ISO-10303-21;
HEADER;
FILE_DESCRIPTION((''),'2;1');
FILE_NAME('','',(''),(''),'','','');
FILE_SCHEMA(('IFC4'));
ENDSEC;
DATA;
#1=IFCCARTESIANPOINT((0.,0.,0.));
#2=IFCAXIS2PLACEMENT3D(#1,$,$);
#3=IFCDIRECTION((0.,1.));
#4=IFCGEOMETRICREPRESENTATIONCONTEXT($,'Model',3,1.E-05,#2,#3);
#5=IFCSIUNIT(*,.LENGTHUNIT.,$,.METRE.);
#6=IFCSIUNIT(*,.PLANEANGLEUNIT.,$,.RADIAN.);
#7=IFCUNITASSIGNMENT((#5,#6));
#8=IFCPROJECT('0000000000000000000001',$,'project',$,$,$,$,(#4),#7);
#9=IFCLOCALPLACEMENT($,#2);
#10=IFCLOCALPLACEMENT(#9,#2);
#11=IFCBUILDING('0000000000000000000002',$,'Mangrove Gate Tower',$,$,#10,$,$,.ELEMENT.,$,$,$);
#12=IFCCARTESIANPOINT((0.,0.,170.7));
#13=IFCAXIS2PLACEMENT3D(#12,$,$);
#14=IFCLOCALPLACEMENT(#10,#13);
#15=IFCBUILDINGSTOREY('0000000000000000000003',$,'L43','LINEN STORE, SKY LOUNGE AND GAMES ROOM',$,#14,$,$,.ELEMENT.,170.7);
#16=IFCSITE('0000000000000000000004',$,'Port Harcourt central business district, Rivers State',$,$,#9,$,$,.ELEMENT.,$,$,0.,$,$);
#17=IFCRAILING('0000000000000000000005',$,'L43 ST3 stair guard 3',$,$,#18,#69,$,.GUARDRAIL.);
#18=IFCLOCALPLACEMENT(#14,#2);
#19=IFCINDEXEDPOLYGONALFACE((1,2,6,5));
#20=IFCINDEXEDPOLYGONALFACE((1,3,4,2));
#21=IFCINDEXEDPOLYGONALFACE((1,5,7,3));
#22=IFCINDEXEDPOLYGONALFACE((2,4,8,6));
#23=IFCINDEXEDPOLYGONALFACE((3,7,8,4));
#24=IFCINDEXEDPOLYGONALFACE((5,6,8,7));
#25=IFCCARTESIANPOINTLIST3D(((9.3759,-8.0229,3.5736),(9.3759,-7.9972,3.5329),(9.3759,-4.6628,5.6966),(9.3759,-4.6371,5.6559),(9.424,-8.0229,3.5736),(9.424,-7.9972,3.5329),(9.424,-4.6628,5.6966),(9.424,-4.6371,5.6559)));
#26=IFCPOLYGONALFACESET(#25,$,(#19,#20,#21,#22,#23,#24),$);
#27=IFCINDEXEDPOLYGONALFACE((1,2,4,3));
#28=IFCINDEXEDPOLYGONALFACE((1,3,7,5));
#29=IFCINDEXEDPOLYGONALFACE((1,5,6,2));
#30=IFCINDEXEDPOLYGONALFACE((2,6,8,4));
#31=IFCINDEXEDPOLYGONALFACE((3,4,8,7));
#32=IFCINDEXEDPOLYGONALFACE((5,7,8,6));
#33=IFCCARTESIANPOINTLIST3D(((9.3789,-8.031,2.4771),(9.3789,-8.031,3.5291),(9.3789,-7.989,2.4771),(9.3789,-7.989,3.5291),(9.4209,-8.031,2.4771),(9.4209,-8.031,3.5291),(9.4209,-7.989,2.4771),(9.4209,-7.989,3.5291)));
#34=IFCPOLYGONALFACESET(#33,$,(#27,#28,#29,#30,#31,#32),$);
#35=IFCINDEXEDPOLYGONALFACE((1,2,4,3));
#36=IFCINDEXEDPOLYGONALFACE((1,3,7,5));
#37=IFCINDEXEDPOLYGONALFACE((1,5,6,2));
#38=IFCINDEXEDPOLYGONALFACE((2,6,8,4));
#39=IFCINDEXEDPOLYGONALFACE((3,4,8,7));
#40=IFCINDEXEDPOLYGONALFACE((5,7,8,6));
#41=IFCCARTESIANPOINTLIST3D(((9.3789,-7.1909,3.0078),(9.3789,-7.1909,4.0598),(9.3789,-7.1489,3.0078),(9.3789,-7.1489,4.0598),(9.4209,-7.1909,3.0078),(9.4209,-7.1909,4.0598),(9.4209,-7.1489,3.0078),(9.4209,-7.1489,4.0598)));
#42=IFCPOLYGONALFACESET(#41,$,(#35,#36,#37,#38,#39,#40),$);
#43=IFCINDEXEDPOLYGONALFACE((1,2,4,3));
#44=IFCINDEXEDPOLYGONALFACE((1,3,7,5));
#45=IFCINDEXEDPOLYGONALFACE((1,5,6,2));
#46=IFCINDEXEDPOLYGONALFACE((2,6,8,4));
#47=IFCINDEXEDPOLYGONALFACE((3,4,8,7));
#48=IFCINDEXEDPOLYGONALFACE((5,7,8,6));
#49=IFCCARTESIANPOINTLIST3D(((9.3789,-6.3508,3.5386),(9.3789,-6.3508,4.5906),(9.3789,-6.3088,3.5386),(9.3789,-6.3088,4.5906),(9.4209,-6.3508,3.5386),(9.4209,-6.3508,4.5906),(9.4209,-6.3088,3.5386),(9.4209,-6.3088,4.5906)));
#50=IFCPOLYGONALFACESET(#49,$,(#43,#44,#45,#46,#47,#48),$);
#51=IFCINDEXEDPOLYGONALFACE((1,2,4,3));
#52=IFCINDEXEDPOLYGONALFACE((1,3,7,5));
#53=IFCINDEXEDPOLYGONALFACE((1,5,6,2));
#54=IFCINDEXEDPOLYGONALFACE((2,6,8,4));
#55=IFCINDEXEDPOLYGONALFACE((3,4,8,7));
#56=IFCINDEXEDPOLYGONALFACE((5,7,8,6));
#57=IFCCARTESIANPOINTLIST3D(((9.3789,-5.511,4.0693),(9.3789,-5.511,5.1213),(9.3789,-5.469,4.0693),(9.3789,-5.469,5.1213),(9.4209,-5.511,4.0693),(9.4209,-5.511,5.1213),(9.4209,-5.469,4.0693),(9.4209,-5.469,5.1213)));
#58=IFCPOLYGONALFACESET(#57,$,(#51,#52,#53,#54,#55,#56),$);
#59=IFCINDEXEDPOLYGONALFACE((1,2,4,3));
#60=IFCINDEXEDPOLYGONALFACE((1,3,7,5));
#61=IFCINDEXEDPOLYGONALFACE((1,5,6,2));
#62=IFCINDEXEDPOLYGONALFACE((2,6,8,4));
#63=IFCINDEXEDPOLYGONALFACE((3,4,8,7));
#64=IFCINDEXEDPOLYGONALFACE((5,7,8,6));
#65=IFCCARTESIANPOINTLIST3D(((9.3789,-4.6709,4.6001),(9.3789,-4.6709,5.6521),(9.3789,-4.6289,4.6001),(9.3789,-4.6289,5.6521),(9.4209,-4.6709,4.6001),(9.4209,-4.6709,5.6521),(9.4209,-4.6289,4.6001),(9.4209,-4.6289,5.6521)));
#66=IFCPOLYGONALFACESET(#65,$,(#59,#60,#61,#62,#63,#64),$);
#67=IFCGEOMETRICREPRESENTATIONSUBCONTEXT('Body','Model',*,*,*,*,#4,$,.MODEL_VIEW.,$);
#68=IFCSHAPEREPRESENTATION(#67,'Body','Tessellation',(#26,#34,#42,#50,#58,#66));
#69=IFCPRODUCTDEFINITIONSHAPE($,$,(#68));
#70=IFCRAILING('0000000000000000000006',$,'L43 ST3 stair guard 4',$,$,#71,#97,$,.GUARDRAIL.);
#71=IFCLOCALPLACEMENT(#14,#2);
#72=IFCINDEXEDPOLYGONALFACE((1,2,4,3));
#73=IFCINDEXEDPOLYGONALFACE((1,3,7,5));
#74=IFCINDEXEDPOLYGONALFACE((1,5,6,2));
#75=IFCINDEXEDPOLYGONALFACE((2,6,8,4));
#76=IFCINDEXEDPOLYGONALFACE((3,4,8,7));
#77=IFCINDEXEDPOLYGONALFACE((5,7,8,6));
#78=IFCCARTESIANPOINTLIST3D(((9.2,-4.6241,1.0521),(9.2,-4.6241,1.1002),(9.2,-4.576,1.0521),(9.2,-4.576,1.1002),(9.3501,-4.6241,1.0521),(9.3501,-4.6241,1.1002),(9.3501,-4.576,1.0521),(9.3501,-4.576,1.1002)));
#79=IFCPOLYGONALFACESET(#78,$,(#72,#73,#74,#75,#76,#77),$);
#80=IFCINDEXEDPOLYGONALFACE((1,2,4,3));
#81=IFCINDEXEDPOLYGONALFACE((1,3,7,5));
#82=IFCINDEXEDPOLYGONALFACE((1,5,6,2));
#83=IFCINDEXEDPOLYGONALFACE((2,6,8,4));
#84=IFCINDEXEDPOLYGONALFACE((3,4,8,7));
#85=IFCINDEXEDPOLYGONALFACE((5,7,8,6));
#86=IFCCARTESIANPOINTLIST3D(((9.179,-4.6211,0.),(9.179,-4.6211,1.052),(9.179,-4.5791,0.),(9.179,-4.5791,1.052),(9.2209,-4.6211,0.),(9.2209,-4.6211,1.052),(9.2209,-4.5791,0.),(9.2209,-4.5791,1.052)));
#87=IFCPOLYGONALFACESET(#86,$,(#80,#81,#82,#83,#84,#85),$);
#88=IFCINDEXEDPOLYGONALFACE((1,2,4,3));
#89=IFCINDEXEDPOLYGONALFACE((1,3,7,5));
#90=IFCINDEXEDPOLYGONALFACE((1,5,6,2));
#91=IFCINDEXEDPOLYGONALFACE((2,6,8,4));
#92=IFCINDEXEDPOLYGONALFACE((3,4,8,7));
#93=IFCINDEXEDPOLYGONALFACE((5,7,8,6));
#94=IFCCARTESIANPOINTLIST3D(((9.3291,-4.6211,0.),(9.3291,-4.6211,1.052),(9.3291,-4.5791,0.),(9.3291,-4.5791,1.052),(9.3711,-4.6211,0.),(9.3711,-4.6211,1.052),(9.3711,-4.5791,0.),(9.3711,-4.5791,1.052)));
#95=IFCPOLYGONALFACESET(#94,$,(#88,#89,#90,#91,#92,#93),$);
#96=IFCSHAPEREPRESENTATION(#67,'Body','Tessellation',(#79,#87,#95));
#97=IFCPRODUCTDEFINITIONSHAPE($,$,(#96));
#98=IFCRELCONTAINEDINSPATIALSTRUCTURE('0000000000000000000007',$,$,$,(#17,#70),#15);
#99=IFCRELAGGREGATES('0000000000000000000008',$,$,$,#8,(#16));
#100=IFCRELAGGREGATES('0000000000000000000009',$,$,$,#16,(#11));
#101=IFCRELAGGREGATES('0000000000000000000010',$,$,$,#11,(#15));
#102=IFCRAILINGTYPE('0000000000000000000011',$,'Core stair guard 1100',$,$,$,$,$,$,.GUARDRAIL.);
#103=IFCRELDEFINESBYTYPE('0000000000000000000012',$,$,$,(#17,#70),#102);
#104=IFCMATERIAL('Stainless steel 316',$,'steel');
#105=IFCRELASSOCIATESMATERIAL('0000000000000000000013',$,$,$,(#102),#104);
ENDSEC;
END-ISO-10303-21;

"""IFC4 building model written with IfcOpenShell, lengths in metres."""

from ifc_helpers import new_model, si_unit, direction, frame, origin, origin_2d, place, context, subcontext, project, spatial, rectangle, extrude, material, type_object, element, save


model = new_model("IFC4")

# Units and contexts
model_context = context("Model", 3, precision=1e-05, world=origin(), true_north=direction((0.0, 1.0)))
body_context = subcontext(model_context, "Body", "Model", "MODEL_VIEW")
ifc_project = project(units=[si_unit("LENGTHUNIT", "METRE"), si_unit("PLANEANGLEUNIT", "RADIAN")], contexts=[model_context])

# Site, building, storey
site_placement = place(None, origin())
site = spatial("IfcSite", under=ifc_project, at=site_placement, Name="Port Harcourt central business district, Rivers State", CompositionType="ELEMENT", RefElevation=0.0)
building_placement = place(site_placement, origin())
building = spatial("IfcBuilding", under=site, at=building_placement, Name="Mangrove Gate Tower", CompositionType="ELEMENT")
storey_placement = place(building_placement, frame((0.0, 0.0, 170.7)))
storey = spatial("IfcBuildingStorey", under=building, at=storey_placement, Name="L43", Description="LINEN STORE, SKY LOUNGE AND GAMES ROOM", CompositionType="ELEMENT", Elevation=170.7)

# Railings
ifc_material_1 = material(Name="Stainless steel 316", Category="steel")
railing_type_1 = type_object("IfcRailingType", Name="Core stair guard 1100", PredefinedType="GUARDRAIL", material=ifc_material_1)
railing_1_placement = place(storey_placement, frame((9.3999, -8.01, 2.4771)))
element("IfcRailing", 1, at=railing_1_placement, inside=storey, type_object=railing_type_1, Name="L43 ST3 stair guard 3", PredefinedType="GUARDRAIL", context=body_context, shape_type="SweptSolid", body=[
    extrude(rectangle(XDim=0.0481, YDim=0.0481, at=origin_2d()), frame((0.0, 0.0, 1.0762), z_axis=(0.0, 0.84539, 0.53415), x_axis=(-1.0, 0.0, 0.0)), (0.0, 0.0, 1.0), 3.9746),
    extrude(rectangle(XDim=0.042, YDim=0.042, at=origin_2d()), origin(), (0.0, 0.0, 1.0), 1.052),
    extrude(rectangle(XDim=0.042, YDim=0.042, at=origin_2d()), frame((0.0, 0.8401, 0.5308)), (0.0, 0.0, 1.0), 1.052),
    extrude(rectangle(XDim=0.042, YDim=0.042, at=origin_2d()), frame((0.0, 1.6802, 1.0615)), (0.0, 0.0, 1.0), 1.052),
    extrude(rectangle(XDim=0.042, YDim=0.042, at=origin_2d()), frame((0.0, 2.52, 1.5923)), (0.0, 0.0, 1.0), 1.052),
    extrude(rectangle(XDim=0.042, YDim=0.042, at=origin_2d()), frame((0.0, 3.3601, 2.123)), (0.0, 0.0, 1.0), 1.052),
])
railing_2_placement = place(storey_placement, frame((9.2, -4.6001, 0.0)))
element("IfcRailing", 2, at=railing_2_placement, inside=storey, type_object=railing_type_1, Name="L43 ST3 stair guard 4", PredefinedType="GUARDRAIL", context=body_context, shape_type="SweptSolid", body=[
    extrude(rectangle(XDim=0.0481, YDim=0.0481, at=origin_2d()), frame((0.0, 0.0, 1.0762), z_axis=(1.0, 0.0, 0.0), x_axis=(0.0, 1.0, 0.0)), (0.0, 0.0, 1.0), 0.1501),
    extrude(rectangle(XDim=0.042, YDim=0.042, at=origin_2d()), origin(), (0.0, 0.0, 1.0), 1.052),
    extrude(rectangle(XDim=0.042, YDim=0.042, at=origin_2d()), frame((0.1501, 0.0, 0.0)), (0.0, 0.0, 1.0), 1.052),
])

save(model, "model.ifc")
